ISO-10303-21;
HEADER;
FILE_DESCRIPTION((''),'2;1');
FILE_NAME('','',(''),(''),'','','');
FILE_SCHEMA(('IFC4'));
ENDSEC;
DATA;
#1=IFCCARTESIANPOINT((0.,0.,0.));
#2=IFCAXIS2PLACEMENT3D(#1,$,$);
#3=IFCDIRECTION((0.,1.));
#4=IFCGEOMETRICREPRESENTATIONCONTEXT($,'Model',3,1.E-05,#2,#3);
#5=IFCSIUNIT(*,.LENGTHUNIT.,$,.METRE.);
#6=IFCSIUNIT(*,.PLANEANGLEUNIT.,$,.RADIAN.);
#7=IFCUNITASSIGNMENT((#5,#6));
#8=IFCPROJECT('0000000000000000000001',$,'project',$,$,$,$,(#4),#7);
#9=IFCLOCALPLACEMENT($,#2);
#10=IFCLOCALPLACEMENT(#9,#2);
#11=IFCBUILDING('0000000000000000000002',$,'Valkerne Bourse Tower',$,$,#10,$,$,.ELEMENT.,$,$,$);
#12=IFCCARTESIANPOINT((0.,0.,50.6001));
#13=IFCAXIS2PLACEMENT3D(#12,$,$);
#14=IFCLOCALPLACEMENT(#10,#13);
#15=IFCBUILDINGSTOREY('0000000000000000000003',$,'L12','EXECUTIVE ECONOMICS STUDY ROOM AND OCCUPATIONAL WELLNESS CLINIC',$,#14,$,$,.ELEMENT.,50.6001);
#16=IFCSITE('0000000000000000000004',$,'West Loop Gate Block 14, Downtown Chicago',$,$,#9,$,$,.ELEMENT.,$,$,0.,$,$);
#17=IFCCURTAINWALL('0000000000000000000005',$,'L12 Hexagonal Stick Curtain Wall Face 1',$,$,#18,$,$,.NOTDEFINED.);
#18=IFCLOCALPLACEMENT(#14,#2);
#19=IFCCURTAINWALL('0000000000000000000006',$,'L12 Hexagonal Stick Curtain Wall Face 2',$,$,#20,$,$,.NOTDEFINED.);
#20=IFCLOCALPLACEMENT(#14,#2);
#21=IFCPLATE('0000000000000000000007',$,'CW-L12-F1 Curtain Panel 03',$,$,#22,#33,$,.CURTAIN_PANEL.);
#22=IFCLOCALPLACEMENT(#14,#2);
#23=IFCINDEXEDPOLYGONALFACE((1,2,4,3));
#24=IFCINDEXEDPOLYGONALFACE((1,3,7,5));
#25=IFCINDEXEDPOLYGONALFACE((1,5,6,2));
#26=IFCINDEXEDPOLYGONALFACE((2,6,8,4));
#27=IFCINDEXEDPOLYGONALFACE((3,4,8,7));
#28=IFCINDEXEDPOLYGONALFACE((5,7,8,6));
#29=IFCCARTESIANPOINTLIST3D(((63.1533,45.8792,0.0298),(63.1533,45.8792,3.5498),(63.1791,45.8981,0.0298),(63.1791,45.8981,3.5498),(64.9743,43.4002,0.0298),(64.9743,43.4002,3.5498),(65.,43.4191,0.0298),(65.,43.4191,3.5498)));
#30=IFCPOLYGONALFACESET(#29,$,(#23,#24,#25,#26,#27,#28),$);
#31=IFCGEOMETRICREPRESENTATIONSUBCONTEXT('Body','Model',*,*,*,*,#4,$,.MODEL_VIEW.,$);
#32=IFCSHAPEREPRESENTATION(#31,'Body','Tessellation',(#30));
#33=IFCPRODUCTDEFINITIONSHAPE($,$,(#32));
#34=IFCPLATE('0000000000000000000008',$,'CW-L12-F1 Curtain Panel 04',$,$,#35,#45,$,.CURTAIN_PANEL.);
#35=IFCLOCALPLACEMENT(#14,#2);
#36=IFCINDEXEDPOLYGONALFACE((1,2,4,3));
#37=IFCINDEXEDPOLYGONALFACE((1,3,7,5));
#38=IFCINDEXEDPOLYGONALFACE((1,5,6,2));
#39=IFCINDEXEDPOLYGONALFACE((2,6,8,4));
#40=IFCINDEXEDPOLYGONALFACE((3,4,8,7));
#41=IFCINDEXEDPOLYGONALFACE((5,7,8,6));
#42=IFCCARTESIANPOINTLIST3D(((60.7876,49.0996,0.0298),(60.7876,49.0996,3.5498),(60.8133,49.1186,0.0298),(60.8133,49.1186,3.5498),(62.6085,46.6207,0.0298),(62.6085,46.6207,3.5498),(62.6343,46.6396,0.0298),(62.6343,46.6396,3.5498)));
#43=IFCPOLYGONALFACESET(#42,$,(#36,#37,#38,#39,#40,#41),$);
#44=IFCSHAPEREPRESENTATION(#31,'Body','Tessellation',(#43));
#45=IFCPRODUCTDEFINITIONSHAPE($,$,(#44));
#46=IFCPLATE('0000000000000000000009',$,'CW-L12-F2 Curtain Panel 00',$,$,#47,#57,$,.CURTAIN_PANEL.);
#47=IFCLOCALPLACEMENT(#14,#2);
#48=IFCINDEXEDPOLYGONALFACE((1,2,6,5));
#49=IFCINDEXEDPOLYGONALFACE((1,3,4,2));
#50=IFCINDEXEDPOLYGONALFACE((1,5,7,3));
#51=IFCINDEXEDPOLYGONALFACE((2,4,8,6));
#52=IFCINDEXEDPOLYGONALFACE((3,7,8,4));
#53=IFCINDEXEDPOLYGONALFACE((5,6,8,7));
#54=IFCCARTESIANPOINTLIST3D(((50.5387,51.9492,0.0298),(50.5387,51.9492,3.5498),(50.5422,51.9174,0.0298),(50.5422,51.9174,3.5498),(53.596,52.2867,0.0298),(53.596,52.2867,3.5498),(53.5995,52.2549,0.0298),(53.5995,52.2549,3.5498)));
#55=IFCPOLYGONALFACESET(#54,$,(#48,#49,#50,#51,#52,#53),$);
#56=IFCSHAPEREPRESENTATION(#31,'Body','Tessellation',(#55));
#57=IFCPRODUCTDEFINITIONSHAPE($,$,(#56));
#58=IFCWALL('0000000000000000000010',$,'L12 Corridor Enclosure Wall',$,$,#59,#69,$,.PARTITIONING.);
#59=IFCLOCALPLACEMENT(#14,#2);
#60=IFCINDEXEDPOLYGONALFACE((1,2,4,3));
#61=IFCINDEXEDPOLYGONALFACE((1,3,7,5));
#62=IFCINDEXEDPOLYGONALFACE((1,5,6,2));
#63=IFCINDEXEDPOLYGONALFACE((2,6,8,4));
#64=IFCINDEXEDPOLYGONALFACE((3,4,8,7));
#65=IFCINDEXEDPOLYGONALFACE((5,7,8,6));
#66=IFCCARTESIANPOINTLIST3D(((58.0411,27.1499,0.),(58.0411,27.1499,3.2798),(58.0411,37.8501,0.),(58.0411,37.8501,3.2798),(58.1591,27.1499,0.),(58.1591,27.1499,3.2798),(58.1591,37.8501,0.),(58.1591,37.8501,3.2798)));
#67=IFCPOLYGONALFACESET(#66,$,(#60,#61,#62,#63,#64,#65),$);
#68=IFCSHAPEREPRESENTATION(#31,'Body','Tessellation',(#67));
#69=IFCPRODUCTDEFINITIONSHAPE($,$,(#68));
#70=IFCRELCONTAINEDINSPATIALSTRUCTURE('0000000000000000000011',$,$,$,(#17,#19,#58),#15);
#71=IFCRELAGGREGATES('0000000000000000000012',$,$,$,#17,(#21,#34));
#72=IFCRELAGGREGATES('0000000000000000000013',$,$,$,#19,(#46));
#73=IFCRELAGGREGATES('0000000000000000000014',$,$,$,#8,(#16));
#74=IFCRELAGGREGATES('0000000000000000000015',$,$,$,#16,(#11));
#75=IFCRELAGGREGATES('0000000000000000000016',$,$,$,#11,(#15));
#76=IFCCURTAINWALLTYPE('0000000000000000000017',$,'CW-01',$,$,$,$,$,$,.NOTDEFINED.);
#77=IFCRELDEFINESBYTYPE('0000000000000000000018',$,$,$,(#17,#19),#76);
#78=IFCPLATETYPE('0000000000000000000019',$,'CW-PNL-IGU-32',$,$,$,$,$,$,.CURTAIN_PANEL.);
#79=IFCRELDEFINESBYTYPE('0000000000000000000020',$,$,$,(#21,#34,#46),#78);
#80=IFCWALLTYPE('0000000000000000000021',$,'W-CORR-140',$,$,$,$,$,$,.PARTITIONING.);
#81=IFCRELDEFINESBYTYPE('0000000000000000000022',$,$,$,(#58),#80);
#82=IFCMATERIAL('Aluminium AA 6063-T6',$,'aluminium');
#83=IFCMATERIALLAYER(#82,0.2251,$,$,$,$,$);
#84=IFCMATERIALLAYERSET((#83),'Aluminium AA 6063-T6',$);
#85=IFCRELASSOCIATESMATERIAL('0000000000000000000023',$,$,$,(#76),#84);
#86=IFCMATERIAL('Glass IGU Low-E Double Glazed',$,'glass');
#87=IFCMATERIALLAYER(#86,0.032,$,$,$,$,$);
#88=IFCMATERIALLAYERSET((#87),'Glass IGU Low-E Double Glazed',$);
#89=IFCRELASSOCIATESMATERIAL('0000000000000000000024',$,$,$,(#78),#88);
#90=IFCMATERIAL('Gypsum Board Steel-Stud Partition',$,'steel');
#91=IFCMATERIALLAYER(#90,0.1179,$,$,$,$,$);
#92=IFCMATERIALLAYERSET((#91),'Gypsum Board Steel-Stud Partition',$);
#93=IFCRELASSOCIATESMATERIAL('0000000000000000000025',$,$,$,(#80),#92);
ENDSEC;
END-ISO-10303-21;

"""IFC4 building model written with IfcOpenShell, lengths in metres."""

from ifc_helpers import new_model, si_unit, direction, frame, frame_2d, origin, origin_2d, place, context, subcontext, project, spatial, rectangle, extrude, material, layer, layer_set, type_object, element, aggregate, save


model = new_model("IFC4")

# Units and contexts
model_context = context("Model", 3, precision=1e-05, world=origin(), true_north=direction((0.0, 1.0)))
body_context = subcontext(model_context, "Body", "Model", "MODEL_VIEW")
ifc_project = project(units=[si_unit("LENGTHUNIT", "METRE"), si_unit("PLANEANGLEUNIT", "RADIAN")], contexts=[model_context])

# Site, building, storey
site_placement = place(None, origin())
site = spatial("IfcSite", under=ifc_project, at=site_placement, Name="West Loop Gate Block 14, Downtown Chicago", CompositionType="ELEMENT", RefElevation=0.0)
building_placement = place(site_placement, origin())
building = spatial("IfcBuilding", under=site, at=building_placement, Name="Valkerne Bourse Tower", CompositionType="ELEMENT")
storey_placement = place(building_placement, frame((0.0, 0.0, 50.6001)))
storey = spatial("IfcBuildingStorey", under=building, at=storey_placement, Name="L12", Description="EXECUTIVE ECONOMICS STUDY ROOM AND OCCUPATIONAL WELLNESS CLINIC", CompositionType="ELEMENT", Elevation=50.6001)

# Curtain walls
ifc_material_1 = material(Name="Aluminium AA 6063-T6", Category="aluminium")
ifc_layer_1 = layer(ifc_material_1, 0.2251)
ifc_layer_set_1 = layer_set([ifc_layer_1], Name="Aluminium AA 6063-T6")
curtain_wall_type = type_object("IfcCurtainWallType", Name="CW-01", PredefinedType="NOTDEFINED", material=ifc_layer_set_1)
curtain_wall_1_placement = place(storey_placement, origin())
curtain_wall_1 = element("IfcCurtainWall", 1, at=curtain_wall_1_placement, inside=storey, type_object=curtain_wall_type, Name="L12 Hexagonal Stick Curtain Wall Face 1", PredefinedType="NOTDEFINED")
curtain_wall_2_placement = place(storey_placement, origin())
curtain_wall_2 = element("IfcCurtainWall", 2, at=curtain_wall_2_placement, inside=storey, type_object=curtain_wall_type, Name="L12 Hexagonal Stick Curtain Wall Face 2", PredefinedType="NOTDEFINED")

# Plates
ifc_material_2 = material(Name="Glass IGU Low-E Double Glazed", Category="glass")
ifc_layer_2 = layer(ifc_material_2, 0.032)
ifc_layer_set_2 = layer_set([ifc_layer_2], Name="Glass IGU Low-E Double Glazed")
plate_type = type_object("IfcPlateType", Name="CW-PNL-IGU-32", PredefinedType="CURTAIN_PANEL", material=ifc_layer_set_2)
plate_1_placement = place(storey_placement, frame((64.0767, 44.6492, 0.0298), z_axis=(0.0, 0.0, 1.0), x_axis=(-0.592014, 0.805927, 0.0)))
plate_1 = element("IfcPlate", 3, at=plate_1_placement, type_object=plate_type, Name="CW-L12-F1 Curtain Panel 03", PredefinedType="CURTAIN_PANEL", context=body_context, shape_type="SweptSolid", body=[
    extrude(rectangle(XDim=3.0759, YDim=0.032, at=origin_2d()), origin(), (0.0, 0.0, 1.0), 3.52),
])
plate_2_placement = place(storey_placement, frame((61.7109, 47.8696, 0.0298), z_axis=(0.0, 0.0, 1.0), x_axis=(-0.592014, 0.805927, 0.0)))
plate_2 = element("IfcPlate", 4, at=plate_2_placement, type_object=plate_type, Name="CW-L12-F1 Curtain Panel 04", PredefinedType="CURTAIN_PANEL", context=body_context, shape_type="SweptSolid", body=[
    extrude(rectangle(XDim=3.0759, YDim=0.032, at=origin_2d()), origin(), (0.0, 0.0, 1.0), 3.52),
])
aggregate(curtain_wall_1, [plate_1, plate_2])
plate_3_placement = place(storey_placement, frame((52.0691, 52.1021, 0.0298), z_axis=(0.0, 0.0, 1.0), x_axis=(-0.993961, -0.109734, 0.0)))
plate_3 = element("IfcPlate", 5, at=plate_3_placement, type_object=plate_type, Name="CW-L12-F2 Curtain Panel 00", PredefinedType="CURTAIN_PANEL", context=body_context, shape_type="SweptSolid", body=[
    extrude(rectangle(XDim=3.0759, YDim=0.032, at=origin_2d()), origin(), (0.0, 0.0, 1.0), 3.52),
])
aggregate(curtain_wall_2, [plate_3])

# Wall
ifc_material_3 = material(Name="Gypsum Board Steel-Stud Partition", Category="steel")
ifc_layer_3 = layer(ifc_material_3, 0.1179)
ifc_layer_set_3 = layer_set([ifc_layer_3], Name="Gypsum Board Steel-Stud Partition")
wall_type = type_object("IfcWallType", Name="W-CORR-140", PredefinedType="PARTITIONING", material=ifc_layer_set_3)
wall_placement = place(storey_placement, frame((58.1001, 37.8501, 0.0), z_axis=(0.0, 0.0, 1.0), x_axis=(0.0, -1.0, 0.0)))
element("IfcWall", 6, at=wall_placement, inside=storey, type_object=wall_type, Name="L12 Corridor Enclosure Wall", PredefinedType="PARTITIONING", context=body_context, shape_type="SweptSolid", body=[
    extrude(rectangle(XDim=10.7002, YDim=0.1179, at=frame_2d((5.3501, 0.0))), origin(), (0.0, 0.0, 1.0), 3.2798),
])

save(model, "model.ifc")
